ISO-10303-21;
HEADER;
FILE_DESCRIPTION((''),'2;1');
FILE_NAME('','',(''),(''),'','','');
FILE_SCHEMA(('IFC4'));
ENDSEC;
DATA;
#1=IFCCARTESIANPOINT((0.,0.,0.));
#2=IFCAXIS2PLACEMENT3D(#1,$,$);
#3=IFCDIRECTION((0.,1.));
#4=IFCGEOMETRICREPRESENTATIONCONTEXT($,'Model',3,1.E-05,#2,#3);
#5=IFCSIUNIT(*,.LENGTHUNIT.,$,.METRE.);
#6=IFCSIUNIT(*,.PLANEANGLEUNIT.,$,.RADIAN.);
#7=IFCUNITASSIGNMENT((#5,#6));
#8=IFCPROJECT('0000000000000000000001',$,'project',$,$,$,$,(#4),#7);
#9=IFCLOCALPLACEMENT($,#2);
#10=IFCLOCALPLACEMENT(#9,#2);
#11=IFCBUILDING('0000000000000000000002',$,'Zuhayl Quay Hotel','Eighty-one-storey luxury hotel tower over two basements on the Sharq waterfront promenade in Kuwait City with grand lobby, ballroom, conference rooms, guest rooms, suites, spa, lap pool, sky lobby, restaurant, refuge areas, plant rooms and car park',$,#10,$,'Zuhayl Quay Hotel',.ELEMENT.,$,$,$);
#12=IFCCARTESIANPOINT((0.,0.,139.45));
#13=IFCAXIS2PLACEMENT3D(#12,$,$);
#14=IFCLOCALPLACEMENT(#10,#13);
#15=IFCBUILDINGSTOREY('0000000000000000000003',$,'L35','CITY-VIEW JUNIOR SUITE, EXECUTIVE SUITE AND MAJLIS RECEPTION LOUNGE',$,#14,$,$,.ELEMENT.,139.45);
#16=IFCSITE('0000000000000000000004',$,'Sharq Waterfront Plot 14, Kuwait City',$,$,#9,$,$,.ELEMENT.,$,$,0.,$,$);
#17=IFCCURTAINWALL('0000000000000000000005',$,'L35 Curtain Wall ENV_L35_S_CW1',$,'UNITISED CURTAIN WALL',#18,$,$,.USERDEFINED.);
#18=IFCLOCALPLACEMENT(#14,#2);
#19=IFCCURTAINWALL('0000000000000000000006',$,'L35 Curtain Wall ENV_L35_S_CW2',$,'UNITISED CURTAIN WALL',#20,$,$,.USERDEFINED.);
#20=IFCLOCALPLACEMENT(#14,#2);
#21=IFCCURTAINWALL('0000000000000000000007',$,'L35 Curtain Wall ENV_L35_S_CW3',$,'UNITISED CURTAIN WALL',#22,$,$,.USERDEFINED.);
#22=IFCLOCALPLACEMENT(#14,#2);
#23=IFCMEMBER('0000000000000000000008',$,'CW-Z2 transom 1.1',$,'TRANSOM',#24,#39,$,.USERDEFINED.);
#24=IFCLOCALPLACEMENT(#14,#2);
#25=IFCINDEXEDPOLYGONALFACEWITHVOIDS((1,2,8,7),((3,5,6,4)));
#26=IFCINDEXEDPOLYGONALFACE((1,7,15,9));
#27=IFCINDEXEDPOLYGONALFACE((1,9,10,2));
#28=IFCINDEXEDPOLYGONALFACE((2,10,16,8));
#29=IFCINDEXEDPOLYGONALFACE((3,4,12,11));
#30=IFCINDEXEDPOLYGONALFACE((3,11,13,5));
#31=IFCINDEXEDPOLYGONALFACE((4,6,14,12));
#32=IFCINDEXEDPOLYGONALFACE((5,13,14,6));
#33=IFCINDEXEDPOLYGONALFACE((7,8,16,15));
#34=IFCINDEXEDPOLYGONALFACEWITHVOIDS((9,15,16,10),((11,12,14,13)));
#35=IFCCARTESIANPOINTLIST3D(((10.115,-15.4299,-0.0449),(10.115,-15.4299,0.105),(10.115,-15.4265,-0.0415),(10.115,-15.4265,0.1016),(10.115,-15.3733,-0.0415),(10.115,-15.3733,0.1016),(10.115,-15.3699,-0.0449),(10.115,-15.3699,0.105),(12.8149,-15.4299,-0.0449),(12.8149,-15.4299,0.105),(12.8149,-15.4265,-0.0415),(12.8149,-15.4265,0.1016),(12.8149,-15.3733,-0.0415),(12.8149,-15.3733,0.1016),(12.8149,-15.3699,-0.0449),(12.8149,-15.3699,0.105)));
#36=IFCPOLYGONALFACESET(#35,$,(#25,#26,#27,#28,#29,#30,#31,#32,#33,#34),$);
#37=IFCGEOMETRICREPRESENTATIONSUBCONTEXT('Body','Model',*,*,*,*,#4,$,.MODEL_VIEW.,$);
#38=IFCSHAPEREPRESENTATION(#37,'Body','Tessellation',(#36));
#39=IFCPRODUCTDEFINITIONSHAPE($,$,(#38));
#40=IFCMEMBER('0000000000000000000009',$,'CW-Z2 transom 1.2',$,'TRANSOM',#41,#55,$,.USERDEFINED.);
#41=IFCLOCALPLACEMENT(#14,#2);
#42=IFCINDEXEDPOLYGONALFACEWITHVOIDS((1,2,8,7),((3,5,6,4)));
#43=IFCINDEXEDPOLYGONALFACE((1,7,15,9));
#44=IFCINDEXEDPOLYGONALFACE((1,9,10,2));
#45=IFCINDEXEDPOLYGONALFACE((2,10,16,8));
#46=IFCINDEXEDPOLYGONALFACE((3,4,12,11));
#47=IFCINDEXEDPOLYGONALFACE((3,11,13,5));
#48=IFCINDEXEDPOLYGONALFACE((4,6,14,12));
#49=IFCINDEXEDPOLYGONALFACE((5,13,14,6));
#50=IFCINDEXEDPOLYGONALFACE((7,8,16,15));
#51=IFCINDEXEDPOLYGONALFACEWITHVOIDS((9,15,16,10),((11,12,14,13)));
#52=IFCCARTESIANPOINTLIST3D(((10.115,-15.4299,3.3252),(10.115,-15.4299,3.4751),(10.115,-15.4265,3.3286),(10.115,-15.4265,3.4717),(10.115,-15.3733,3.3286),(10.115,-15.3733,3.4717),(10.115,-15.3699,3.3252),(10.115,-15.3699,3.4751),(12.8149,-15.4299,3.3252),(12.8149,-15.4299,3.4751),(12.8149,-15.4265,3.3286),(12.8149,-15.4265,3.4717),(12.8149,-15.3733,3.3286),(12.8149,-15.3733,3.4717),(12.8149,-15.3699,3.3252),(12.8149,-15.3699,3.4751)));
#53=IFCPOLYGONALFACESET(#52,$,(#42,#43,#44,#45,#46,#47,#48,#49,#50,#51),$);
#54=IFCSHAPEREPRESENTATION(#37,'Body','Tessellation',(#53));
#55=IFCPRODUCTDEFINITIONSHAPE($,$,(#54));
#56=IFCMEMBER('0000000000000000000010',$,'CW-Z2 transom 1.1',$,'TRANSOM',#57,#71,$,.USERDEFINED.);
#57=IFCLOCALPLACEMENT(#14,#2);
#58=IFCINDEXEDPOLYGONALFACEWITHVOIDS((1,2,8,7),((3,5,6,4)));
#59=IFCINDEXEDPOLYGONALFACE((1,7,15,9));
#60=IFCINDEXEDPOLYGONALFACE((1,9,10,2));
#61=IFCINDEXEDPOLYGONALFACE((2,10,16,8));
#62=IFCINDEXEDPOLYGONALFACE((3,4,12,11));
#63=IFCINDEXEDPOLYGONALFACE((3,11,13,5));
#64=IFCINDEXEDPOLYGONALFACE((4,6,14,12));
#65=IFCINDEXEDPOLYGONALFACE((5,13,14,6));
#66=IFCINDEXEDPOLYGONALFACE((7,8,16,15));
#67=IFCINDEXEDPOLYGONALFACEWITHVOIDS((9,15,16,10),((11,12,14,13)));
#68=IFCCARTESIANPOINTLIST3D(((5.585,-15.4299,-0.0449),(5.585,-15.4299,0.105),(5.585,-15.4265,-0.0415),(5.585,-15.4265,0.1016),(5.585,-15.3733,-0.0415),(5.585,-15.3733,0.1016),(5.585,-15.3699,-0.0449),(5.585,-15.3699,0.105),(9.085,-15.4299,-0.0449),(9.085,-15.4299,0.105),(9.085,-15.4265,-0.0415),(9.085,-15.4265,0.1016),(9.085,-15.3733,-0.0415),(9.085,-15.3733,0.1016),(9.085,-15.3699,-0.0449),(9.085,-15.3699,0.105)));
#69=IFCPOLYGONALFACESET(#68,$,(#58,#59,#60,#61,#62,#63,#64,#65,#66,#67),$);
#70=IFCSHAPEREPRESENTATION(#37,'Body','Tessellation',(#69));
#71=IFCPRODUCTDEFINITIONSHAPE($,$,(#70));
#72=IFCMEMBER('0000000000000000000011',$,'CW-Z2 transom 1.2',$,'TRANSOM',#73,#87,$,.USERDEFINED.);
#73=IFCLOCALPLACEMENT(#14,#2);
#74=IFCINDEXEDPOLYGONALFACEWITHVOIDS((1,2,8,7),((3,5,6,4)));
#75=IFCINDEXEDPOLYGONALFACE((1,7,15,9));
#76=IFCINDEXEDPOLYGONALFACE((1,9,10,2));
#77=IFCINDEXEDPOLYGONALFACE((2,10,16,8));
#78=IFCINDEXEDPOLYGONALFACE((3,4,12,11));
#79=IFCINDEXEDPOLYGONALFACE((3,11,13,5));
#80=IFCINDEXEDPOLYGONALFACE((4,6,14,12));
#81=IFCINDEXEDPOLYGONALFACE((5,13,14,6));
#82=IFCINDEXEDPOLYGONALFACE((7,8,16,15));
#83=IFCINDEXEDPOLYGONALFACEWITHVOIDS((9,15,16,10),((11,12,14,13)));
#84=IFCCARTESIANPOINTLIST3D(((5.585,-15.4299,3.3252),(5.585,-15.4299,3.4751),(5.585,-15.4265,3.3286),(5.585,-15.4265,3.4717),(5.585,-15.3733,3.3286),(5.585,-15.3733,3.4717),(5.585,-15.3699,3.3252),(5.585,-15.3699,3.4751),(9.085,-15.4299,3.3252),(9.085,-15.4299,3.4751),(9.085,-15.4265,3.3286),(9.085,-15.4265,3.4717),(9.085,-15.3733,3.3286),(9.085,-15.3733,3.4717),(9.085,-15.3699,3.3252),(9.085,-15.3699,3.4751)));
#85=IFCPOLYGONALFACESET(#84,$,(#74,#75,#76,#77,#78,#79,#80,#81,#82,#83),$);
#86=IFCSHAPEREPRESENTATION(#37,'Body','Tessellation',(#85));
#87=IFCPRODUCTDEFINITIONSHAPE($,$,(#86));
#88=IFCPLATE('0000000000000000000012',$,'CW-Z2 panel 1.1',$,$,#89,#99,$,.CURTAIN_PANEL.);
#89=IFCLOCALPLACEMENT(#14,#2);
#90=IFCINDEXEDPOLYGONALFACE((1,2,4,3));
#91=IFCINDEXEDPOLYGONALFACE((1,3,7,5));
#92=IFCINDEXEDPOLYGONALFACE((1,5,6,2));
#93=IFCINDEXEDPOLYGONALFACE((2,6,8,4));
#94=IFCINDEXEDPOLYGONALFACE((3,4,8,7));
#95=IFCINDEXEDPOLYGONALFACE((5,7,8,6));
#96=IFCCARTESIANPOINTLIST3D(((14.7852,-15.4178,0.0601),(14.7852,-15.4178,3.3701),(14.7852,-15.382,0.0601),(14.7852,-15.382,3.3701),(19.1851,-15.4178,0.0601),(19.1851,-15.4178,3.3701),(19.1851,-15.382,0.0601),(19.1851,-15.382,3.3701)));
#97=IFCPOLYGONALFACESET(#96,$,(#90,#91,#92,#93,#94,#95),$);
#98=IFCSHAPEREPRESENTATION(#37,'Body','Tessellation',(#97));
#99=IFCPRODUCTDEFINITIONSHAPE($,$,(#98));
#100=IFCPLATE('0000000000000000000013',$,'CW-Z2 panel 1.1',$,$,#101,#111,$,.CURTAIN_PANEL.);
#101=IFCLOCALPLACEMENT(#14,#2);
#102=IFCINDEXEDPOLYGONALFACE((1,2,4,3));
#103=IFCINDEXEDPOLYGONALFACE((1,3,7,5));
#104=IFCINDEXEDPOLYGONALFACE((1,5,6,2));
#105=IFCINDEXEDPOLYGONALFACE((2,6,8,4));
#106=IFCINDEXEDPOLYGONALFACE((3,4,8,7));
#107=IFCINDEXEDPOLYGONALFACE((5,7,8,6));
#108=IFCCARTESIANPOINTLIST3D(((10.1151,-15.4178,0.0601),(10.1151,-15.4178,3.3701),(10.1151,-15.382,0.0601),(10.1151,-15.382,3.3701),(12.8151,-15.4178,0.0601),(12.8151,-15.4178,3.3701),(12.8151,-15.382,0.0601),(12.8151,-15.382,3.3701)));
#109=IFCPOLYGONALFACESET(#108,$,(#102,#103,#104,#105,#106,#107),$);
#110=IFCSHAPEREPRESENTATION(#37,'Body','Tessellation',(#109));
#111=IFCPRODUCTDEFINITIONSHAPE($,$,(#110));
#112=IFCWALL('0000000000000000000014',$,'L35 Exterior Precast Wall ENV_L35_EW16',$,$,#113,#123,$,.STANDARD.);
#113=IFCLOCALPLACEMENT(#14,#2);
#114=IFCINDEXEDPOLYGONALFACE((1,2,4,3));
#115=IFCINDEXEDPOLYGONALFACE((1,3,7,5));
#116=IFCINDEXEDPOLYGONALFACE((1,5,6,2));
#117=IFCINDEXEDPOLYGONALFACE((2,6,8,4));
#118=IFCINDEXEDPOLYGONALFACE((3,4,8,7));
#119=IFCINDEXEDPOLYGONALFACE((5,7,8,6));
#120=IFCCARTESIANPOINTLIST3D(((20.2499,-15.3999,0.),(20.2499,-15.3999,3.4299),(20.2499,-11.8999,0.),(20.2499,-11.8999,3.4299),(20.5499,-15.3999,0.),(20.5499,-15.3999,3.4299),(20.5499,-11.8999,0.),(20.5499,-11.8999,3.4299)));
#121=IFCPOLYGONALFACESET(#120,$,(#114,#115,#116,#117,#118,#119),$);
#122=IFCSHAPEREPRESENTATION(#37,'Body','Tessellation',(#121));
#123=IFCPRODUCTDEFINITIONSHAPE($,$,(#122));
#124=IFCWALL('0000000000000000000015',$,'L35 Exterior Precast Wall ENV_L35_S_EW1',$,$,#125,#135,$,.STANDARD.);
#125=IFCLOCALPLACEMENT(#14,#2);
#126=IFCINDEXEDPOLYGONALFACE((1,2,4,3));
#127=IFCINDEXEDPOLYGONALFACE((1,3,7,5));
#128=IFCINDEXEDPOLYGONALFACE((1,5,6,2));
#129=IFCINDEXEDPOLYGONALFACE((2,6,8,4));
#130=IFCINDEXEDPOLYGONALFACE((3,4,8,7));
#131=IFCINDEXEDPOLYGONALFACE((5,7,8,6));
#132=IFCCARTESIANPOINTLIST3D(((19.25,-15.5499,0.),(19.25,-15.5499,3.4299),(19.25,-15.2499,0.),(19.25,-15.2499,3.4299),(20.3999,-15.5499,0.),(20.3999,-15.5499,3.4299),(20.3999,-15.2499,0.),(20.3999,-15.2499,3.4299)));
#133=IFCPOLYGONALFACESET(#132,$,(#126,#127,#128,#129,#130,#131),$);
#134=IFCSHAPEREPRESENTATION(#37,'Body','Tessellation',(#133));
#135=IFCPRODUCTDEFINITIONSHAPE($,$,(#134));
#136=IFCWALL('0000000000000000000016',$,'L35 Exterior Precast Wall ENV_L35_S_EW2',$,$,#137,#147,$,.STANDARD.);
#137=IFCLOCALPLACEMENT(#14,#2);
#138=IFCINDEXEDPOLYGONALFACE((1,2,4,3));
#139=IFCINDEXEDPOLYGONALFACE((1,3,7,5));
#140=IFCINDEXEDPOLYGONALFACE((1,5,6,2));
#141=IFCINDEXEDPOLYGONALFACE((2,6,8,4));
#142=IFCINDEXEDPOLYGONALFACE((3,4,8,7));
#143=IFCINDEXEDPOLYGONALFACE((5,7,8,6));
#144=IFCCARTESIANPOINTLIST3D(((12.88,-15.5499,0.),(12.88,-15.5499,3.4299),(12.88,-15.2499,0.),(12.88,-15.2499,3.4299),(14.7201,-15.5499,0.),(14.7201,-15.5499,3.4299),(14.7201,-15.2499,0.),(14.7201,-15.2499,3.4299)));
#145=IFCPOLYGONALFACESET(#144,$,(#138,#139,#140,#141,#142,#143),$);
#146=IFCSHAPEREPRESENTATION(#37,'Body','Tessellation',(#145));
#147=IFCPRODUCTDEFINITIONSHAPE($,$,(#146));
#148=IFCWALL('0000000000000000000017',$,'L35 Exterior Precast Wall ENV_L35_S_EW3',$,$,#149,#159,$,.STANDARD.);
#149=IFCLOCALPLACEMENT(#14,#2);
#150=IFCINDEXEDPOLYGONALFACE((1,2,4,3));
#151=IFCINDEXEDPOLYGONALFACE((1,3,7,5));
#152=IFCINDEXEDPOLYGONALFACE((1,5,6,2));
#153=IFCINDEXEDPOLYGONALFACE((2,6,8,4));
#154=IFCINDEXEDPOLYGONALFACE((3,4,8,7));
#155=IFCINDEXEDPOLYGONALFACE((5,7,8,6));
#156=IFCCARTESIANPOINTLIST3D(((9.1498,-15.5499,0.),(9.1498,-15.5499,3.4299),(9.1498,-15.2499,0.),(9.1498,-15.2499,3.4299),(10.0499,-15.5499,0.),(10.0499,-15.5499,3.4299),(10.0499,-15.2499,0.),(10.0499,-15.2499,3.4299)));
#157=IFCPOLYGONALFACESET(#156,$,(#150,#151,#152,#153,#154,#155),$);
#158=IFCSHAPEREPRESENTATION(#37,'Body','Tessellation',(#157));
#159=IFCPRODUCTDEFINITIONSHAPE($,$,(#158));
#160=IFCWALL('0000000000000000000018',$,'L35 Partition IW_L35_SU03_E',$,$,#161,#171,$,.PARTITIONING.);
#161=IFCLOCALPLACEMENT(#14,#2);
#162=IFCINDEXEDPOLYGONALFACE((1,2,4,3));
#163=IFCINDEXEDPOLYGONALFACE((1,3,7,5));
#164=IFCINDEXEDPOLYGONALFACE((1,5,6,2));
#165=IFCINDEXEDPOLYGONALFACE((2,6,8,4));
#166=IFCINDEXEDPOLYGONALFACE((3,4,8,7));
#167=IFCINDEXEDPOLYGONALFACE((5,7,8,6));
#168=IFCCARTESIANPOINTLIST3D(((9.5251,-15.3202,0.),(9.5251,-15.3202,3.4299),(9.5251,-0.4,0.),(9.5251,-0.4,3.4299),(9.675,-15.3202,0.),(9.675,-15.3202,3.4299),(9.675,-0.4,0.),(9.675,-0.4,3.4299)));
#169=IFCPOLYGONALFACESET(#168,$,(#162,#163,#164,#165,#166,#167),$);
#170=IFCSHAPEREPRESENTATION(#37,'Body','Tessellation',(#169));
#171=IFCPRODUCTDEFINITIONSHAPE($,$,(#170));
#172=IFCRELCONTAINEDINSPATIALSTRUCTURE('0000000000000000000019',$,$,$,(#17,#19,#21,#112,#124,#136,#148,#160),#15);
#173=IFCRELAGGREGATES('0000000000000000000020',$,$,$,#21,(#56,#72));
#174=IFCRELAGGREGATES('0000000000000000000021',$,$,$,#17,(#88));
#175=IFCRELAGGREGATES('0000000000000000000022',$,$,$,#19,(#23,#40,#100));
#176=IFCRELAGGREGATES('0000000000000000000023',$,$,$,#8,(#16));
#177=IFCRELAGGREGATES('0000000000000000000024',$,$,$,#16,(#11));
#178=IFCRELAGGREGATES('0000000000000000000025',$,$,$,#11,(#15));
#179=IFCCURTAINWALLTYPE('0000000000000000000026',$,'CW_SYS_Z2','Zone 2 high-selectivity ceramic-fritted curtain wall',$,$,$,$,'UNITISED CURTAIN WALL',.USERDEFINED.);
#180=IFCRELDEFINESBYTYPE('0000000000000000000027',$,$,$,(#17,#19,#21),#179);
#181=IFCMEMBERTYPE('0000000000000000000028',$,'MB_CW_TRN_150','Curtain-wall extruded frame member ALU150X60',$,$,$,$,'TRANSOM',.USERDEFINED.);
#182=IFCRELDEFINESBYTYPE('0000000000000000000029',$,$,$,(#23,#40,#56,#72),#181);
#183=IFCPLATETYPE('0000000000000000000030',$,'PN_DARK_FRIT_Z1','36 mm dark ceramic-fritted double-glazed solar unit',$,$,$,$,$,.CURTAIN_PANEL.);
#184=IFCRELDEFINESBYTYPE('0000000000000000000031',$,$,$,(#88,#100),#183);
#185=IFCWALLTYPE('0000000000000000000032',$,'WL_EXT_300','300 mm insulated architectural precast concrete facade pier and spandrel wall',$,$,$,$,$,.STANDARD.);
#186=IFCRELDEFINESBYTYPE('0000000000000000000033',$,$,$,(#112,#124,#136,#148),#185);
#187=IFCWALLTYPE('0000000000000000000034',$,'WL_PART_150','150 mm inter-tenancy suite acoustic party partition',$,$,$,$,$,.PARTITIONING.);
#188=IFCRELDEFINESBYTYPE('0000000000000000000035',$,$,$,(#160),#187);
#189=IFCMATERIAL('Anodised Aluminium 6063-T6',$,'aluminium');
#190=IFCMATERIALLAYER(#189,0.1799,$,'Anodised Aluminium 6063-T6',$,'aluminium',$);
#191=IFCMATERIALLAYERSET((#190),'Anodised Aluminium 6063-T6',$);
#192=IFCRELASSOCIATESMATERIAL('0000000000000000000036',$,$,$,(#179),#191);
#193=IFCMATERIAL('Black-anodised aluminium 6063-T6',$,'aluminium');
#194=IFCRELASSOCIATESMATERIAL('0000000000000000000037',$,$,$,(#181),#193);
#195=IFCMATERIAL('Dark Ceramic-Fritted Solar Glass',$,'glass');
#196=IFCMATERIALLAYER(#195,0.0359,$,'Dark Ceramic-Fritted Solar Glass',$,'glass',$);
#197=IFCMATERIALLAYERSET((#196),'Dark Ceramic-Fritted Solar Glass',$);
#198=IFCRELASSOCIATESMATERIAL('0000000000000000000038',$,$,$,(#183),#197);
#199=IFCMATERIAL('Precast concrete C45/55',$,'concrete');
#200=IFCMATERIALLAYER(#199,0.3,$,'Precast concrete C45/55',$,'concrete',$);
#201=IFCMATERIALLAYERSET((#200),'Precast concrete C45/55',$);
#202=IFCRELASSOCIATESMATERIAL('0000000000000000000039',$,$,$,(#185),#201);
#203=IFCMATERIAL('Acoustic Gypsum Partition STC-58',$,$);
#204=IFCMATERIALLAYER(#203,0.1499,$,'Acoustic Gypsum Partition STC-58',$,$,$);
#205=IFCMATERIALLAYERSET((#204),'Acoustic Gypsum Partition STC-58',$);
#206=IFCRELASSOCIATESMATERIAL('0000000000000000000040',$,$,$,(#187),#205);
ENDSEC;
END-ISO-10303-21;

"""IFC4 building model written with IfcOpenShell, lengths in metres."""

from ifc_helpers import new_model, si_unit, direction, frame, frame_2d, origin, origin_2d, place, context, subcontext, project, spatial, rectangle, hollow_rectangle, extrude, material, layer, layer_set, material_profile, profile_set, type_object, element, aggregate, save


model = new_model("IFC4")

# Units and contexts
model_context = context("Model", 3, precision=1e-05, world=origin(), true_north=direction((0.0, 1.0)))
body_context = subcontext(model_context, "Body", "Model", "MODEL_VIEW")
ifc_project = project(units=[si_unit("LENGTHUNIT", "METRE"), si_unit("PLANEANGLEUNIT", "RADIAN")], contexts=[model_context])

# Site, building, storey
site_placement = place(None, origin())
site = spatial("IfcSite", under=ifc_project, at=site_placement, Name="Sharq Waterfront Plot 14, Kuwait City", CompositionType="ELEMENT", RefElevation=0.0)
building_placement = place(site_placement, origin())
building = spatial("IfcBuilding", under=site, at=building_placement, Name="Zuhayl Quay Hotel", Description="Eighty-one-storey luxury hotel tower over two basements on the Sharq waterfront promenade in Kuwait City with grand lobby, ballroom, conference rooms, guest rooms, suites, spa, lap pool, sky lobby, restaurant, refuge areas, plant rooms and car park", LongName="Zuhayl Quay Hotel", CompositionType="ELEMENT")
storey_placement = place(building_placement, frame((0.0, 0.0, 139.45)))
storey = spatial("IfcBuildingStorey", under=building, at=storey_placement, Name="L35", Description="CITY-VIEW JUNIOR SUITE, EXECUTIVE SUITE AND MAJLIS RECEPTION LOUNGE", CompositionType="ELEMENT", Elevation=139.45)

# Curtain walls
ifc_material_1 = material(Name="Anodised Aluminium 6063-T6", Category="aluminium")
ifc_layer_1 = layer(ifc_material_1, 0.1799, Name="Anodised Aluminium 6063-T6", Category="aluminium")
ifc_layer_set_1 = layer_set([ifc_layer_1], Name="Anodised Aluminium 6063-T6")
curtain_wall_type = type_object("IfcCurtainWallType", Name="CW_SYS_Z2", Description="Zone 2 high-selectivity ceramic-fritted curtain wall", ElementType="UNITISED CURTAIN WALL", PredefinedType="USERDEFINED", material=ifc_layer_set_1)
curtain_wall_1_placement = place(storey_placement, origin())
curtain_wall_1 = element("IfcCurtainWall", 1, at=curtain_wall_1_placement, inside=storey, type_object=curtain_wall_type, Name="L35 Curtain Wall ENV_L35_S_CW1", ObjectType="UNITISED CURTAIN WALL", PredefinedType="USERDEFINED")
ifc_material_2 = material(Name="Black-anodised aluminium 6063-T6", Category="aluminium")
curtain_wall_2_placement = place(storey_placement, origin())
curtain_wall_2 = element("IfcCurtainWall", 2, at=curtain_wall_2_placement, inside=storey, type_object=curtain_wall_type, Name="L35 Curtain Wall ENV_L35_S_CW2", ObjectType="UNITISED CURTAIN WALL", PredefinedType="USERDEFINED")

# Curtain wall
curtain_wall_3_placement = place(storey_placement, origin())
curtain_wall_3 = element("IfcCurtainWall", 3, at=curtain_wall_3_placement, inside=storey, type_object=curtain_wall_type, Name="L35 Curtain Wall ENV_L35_S_CW3", ObjectType="UNITISED CURTAIN WALL", PredefinedType="USERDEFINED")

# Members
ifc_material_profile_1 = material_profile(ifc_material_2, hollow_rectangle(XDim=0.0601, YDim=0.1499, WallThickness=0.0034, at=origin_2d()), Name="ALU150X60")
ifc_profile_set_1 = profile_set([ifc_material_profile_1], Name="Black-anodised aluminium 6063-T6")
member_type_1 = type_object("IfcMemberType", Name="MB_CW_TRN_150", Description="Curtain-wall extruded frame member ALU150X60", ElementType="TRANSOM", PredefinedType="USERDEFINED", material=ifc_profile_set_1)
member_1_placement = place(storey_placement, frame((12.8149, -15.3999, 0.03), z_axis=(-1.0, 0.0, 0.0), x_axis=(0.0, -1.0, 0.0)))
member_1 = element("IfcMember", 4, at=member_1_placement, type_object=member_type_1, Name="CW-Z2 transom 1.1", ObjectType="TRANSOM", PredefinedType="USERDEFINED", context=body_context, shape_type="SweptSolid", body=[
    extrude(hollow_rectangle(XDim=0.0601, YDim=0.1499, WallThickness=0.0034, at=origin_2d()), origin(), (0.0, 0.0, 1.0), 2.7),
])
member_2_placement = place(storey_placement, frame((12.8149, -15.3999, 3.4001), z_axis=(-1.0, 0.0, 0.0), x_axis=(0.0, -1.0, 0.0)))
member_2 = element("IfcMember", 5, at=member_2_placement, type_object=member_type_1, Name="CW-Z2 transom 1.2", ObjectType="TRANSOM", PredefinedType="USERDEFINED", context=body_context, shape_type="SweptSolid", body=[
    extrude(hollow_rectangle(XDim=0.0601, YDim=0.1499, WallThickness=0.0034, at=origin_2d()), origin(), (0.0, 0.0, 1.0), 2.7),
])
member_3_placement = place(storey_placement, frame((9.085, -15.3999, 0.03), z_axis=(-1.0, 0.0, 0.0), x_axis=(0.0, -1.0, 0.0)))
member_3 = element("IfcMember", 6, at=member_3_placement, type_object=member_type_1, Name="CW-Z2 transom 1.1", ObjectType="TRANSOM", PredefinedType="USERDEFINED", context=body_context, shape_type="SweptSolid", body=[
    extrude(hollow_rectangle(XDim=0.0601, YDim=0.1499, WallThickness=0.0034, at=origin_2d()), origin(), (0.0, 0.0, 1.0), 3.5),
])
member_4_placement = place(storey_placement, frame((9.085, -15.3999, 3.4001), z_axis=(-1.0, 0.0, 0.0), x_axis=(0.0, -1.0, 0.0)))
member_4 = element("IfcMember", 7, at=member_4_placement, type_object=member_type_1, Name="CW-Z2 transom 1.2", ObjectType="TRANSOM", PredefinedType="USERDEFINED", context=body_context, shape_type="SweptSolid", body=[
    extrude(hollow_rectangle(XDim=0.0601, YDim=0.1499, WallThickness=0.0034, at=origin_2d()), origin(), (0.0, 0.0, 1.0), 3.5),
])
aggregate(curtain_wall_3, [member_3, member_4])

# Plates
ifc_material_3 = material(Name="Dark Ceramic-Fritted Solar Glass", Category="glass")
ifc_layer_2 = layer(ifc_material_3, 0.0359, Name="Dark Ceramic-Fritted Solar Glass", Category="glass")
ifc_layer_set_2 = layer_set([ifc_layer_2], Name="Dark Ceramic-Fritted Solar Glass")
plate_type = type_object("IfcPlateType", Name="PN_DARK_FRIT_Z1", Description="36 mm dark ceramic-fritted double-glazed solar unit", PredefinedType="CURTAIN_PANEL", material=ifc_layer_set_2)
plate_1_placement = place(storey_placement, frame((16.9851, -15.3999, 0.0601), z_axis=(0.0, 0.0, 1.0), x_axis=(-1.0, 0.0, 0.0)))
plate_1 = element("IfcPlate", 8, at=plate_1_placement, type_object=plate_type, Name="CW-Z2 panel 1.1", PredefinedType="CURTAIN_PANEL", context=body_context, shape_type="SweptSolid", body=[
    extrude(rectangle(XDim=4.3999, YDim=0.0359, at=origin_2d()), origin(), (0.0, 0.0, 1.0), 3.3101),
])
aggregate(curtain_wall_1, [plate_1])
plate_2_placement = place(storey_placement, frame((11.4651, -15.3999, 0.0601), z_axis=(0.0, 0.0, 1.0), x_axis=(-1.0, 0.0, 0.0)))
plate_2 = element("IfcPlate", 9, at=plate_2_placement, type_object=plate_type, Name="CW-Z2 panel 1.1", PredefinedType="CURTAIN_PANEL", context=body_context, shape_type="SweptSolid", body=[
    extrude(rectangle(XDim=2.7, YDim=0.0359, at=origin_2d()), origin(), (0.0, 0.0, 1.0), 3.3101),
])
aggregate(curtain_wall_2, [member_1, member_2, plate_2])

# Walls
ifc_material_4 = material(Name="Precast concrete C45/55", Category="concrete")
ifc_layer_3 = layer(ifc_material_4, 0.3, Name="Precast concrete C45/55", Category="concrete")
ifc_layer_set_3 = layer_set([ifc_layer_3], Name="Precast concrete C45/55")
wall_type_1 = type_object("IfcWallType", Name="WL_EXT_300", Description="300 mm insulated architectural precast concrete facade pier and spandrel wall", PredefinedType="STANDARD", material=ifc_layer_set_3)
wall_1_placement = place(storey_placement, frame((20.3999, -11.8999, 0.0), z_axis=(0.0, 0.0, 1.0), x_axis=(0.0, -1.0, 0.0)))
element("IfcWall", 10, at=wall_1_placement, inside=storey, type_object=wall_type_1, Name="L35 Exterior Precast Wall ENV_L35_EW16", PredefinedType="STANDARD", context=body_context, shape_type="SweptSolid", body=[
    extrude(rectangle(XDim=3.5, YDim=0.3, at=frame_2d((1.75, 0.0))), origin(), (0.0, 0.0, 1.0), 3.4299),
])
wall_2_placement = place(storey_placement, frame((20.3999, -15.3999, 0.0), z_axis=(0.0, 0.0, 1.0), x_axis=(-1.0, 0.0, 0.0)))
element("IfcWall", 11, at=wall_2_placement, inside=storey, type_object=wall_type_1, Name="L35 Exterior Precast Wall ENV_L35_S_EW1", PredefinedType="STANDARD", context=body_context, shape_type="SweptSolid", body=[
    extrude(rectangle(XDim=1.1499, YDim=0.3, at=frame_2d((0.575, 0.0))), origin(), (0.0, 0.0, 1.0), 3.4299),
])
wall_3_placement = place(storey_placement, frame((14.72, -15.3999, 0.0), z_axis=(0.0, 0.0, 1.0), x_axis=(-1.0, 0.0, 0.0)))
element("IfcWall", 12, at=wall_3_placement, inside=storey, type_object=wall_type_1, Name="L35 Exterior Precast Wall ENV_L35_S_EW2", PredefinedType="STANDARD", context=body_context, shape_type="SweptSolid", body=[
    extrude(rectangle(XDim=1.8401, YDim=0.3, at=frame_2d((0.9199, 0.0))), origin(), (0.0, 0.0, 1.0), 3.4299),
])
wall_4_placement = place(storey_placement, frame((10.05, -15.3999, 0.0), z_axis=(0.0, 0.0, 1.0), x_axis=(-1.0, 0.0, 0.0)))
element("IfcWall", 13, at=wall_4_placement, inside=storey, type_object=wall_type_1, Name="L35 Exterior Precast Wall ENV_L35_S_EW3", PredefinedType="STANDARD", context=body_context, shape_type="SweptSolid", body=[
    extrude(rectangle(XDim=0.9001, YDim=0.3, at=frame_2d((0.4502, 0.0))), origin(), (0.0, 0.0, 1.0), 3.4299),
])
ifc_material_5 = material(Name="Acoustic Gypsum Partition STC-58")
ifc_layer_4 = layer(ifc_material_5, 0.1499, Name="Acoustic Gypsum Partition STC-58")
ifc_layer_set_4 = layer_set([ifc_layer_4], Name="Acoustic Gypsum Partition STC-58")
wall_type_2 = type_object("IfcWallType", Name="WL_PART_150", Description="150 mm inter-tenancy suite acoustic party partition", PredefinedType="PARTITIONING", material=ifc_layer_set_4)
wall_5_placement = place(storey_placement, frame((9.6001, -15.3201, 0.0), z_axis=(0.0, 0.0, 1.0), x_axis=(0.0, 1.0, 0.0)))
element("IfcWall", 14, at=wall_5_placement, inside=storey, type_object=wall_type_2, Name="L35 Partition IW_L35_SU03_E", PredefinedType="PARTITIONING", context=body_context, shape_type="SweptSolid", body=[
    extrude(rectangle(XDim=14.9202, YDim=0.1499, at=frame_2d((7.46, 0.0))), origin(), (0.0, 0.0, 1.0), 3.4299),
])

save(model, "model.ifc")
